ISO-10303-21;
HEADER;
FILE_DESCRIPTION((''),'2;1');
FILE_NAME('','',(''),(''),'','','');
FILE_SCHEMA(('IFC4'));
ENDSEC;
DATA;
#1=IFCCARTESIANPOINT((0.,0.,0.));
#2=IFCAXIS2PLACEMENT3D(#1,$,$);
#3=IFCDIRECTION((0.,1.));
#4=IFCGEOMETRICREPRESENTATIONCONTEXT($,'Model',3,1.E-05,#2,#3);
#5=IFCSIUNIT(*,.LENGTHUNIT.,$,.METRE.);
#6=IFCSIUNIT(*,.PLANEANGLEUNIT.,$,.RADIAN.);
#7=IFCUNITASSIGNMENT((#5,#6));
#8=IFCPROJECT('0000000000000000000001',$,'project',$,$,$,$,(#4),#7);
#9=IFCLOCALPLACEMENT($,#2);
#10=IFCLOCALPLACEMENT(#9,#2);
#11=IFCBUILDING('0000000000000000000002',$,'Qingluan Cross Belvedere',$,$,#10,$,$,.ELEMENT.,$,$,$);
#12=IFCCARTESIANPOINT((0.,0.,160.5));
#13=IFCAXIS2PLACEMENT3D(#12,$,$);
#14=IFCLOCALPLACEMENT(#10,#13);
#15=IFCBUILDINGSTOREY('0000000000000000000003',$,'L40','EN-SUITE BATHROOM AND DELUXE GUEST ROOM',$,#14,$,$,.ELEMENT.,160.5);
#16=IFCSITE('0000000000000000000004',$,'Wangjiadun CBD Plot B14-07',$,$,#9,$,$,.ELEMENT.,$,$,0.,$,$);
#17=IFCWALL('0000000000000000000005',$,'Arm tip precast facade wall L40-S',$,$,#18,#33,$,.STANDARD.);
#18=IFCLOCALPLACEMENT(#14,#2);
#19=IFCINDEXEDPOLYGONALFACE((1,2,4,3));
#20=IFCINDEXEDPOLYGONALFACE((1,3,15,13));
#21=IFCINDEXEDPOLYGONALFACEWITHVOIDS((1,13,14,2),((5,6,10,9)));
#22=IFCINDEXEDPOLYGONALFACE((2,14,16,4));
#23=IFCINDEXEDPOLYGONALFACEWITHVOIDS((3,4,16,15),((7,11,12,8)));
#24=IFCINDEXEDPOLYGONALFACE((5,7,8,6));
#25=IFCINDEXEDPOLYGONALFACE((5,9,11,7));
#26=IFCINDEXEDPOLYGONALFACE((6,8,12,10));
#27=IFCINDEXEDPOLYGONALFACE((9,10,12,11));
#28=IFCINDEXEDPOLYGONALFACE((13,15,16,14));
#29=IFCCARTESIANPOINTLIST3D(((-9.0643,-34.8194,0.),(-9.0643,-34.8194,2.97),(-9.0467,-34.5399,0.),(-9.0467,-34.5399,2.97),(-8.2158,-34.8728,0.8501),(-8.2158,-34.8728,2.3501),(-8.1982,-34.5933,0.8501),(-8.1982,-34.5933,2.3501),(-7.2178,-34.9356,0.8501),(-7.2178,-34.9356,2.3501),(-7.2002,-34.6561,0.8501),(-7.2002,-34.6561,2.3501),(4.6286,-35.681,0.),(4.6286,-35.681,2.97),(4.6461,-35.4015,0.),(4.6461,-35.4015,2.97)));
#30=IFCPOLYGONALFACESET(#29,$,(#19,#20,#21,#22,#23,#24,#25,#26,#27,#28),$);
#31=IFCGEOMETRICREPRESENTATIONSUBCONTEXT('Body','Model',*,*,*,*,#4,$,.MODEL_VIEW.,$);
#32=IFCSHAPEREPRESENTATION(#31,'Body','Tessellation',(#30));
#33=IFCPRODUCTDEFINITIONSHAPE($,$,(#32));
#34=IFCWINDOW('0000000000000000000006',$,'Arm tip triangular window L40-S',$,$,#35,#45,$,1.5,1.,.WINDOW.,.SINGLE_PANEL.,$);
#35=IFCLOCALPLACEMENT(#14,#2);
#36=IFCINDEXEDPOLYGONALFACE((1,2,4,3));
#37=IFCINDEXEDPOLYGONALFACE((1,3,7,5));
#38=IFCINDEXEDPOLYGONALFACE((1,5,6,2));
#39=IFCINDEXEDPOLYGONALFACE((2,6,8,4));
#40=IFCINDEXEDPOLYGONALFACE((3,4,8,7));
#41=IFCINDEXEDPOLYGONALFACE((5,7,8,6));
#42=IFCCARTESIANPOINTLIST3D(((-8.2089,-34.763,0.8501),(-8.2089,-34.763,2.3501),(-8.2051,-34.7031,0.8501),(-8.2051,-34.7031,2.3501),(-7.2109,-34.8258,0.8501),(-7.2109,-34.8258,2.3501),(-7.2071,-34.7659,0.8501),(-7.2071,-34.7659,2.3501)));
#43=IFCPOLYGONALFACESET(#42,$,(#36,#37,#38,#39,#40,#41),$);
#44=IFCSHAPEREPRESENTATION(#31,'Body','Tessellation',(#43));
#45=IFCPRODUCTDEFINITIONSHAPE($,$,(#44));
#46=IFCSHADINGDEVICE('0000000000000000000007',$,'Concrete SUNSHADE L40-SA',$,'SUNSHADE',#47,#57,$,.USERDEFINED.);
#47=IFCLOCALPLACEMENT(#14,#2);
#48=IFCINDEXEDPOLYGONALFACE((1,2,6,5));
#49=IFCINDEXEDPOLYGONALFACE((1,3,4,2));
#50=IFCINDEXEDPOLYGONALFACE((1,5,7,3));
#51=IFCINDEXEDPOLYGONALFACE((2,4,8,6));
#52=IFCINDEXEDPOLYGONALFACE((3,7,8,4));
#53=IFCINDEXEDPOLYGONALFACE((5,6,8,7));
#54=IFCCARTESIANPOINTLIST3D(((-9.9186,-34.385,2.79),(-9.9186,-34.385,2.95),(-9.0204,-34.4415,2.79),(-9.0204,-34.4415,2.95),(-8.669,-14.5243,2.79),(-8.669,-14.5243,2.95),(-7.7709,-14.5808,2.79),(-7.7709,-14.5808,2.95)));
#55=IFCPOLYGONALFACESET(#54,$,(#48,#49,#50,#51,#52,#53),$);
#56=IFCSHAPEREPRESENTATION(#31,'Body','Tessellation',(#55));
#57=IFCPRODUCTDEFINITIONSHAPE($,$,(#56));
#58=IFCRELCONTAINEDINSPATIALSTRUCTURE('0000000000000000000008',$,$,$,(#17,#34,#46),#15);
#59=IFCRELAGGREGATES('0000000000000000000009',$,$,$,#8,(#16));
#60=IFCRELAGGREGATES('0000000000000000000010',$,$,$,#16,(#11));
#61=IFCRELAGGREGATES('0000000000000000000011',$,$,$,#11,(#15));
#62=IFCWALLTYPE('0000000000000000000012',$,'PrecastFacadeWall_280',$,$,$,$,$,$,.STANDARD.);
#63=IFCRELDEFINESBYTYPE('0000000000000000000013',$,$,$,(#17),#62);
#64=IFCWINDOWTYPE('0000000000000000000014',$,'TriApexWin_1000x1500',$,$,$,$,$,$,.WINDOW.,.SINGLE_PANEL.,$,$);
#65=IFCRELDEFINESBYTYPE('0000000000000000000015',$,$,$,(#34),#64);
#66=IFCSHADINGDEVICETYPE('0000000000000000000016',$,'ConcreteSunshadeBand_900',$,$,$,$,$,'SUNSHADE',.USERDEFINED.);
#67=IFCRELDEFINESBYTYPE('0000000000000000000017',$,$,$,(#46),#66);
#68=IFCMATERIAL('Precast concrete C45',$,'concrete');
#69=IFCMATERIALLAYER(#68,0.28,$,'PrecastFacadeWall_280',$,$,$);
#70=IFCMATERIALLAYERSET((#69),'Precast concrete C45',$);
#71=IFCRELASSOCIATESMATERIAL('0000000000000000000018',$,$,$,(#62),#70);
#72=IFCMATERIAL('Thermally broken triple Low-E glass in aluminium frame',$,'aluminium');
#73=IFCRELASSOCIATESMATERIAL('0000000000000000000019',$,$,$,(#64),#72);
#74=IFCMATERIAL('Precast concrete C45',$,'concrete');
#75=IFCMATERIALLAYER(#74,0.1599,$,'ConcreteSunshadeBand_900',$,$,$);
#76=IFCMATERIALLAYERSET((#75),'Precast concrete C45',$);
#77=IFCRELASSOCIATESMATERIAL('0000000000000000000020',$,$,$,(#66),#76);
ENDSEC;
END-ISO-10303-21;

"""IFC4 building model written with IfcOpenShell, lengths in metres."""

from ifc_helpers import new_model, si_unit, direction, frame, frame_2d, origin, origin_2d, place, context, subcontext, project, spatial, rectangle, extrude, material, layer, layer_set, type_object, element, fill, save


model = new_model("IFC4")

# Units and contexts
model_context = context("Model", 3, precision=1e-05, world=origin(), true_north=direction((0.0, 1.0)))
body_context = subcontext(model_context, "Body", "Model", "MODEL_VIEW")
ifc_project = project(units=[si_unit("LENGTHUNIT", "METRE"), si_unit("PLANEANGLEUNIT", "RADIAN")], contexts=[model_context])

# Site, building, storey
site_placement = place(None, origin())
site = spatial("IfcSite", under=ifc_project, at=site_placement, Name="Wangjiadun CBD Plot B14-07", CompositionType="ELEMENT", RefElevation=0.0)
building_placement = place(site_placement, origin())
building = spatial("IfcBuilding", under=site, at=building_placement, Name="Qingluan Cross Belvedere", CompositionType="ELEMENT")
storey_placement = place(building_placement, frame((0.0, 0.0, 160.5)))
storey = spatial("IfcBuildingStorey", under=building, at=storey_placement, Name="L40", Description="EN-SUITE BATHROOM AND DELUXE GUEST ROOM", CompositionType="ELEMENT", Elevation=160.5)

# Shared definitions
ifc_material_1 = material(Name="Precast concrete C45", Category="concrete")
ifc_layer_1 = layer(ifc_material_1, 0.28, Name="PrecastFacadeWall_280")
ifc_layer_set_1 = layer_set([ifc_layer_1], Name="Precast concrete C45")
wall_type_1 = type_object("IfcWallType", Name="PrecastFacadeWall_280", PredefinedType="STANDARD", material=ifc_layer_set_1)

# Wall, opening, window
wall_1_placement = place(storey_placement, frame((-9.0554, -34.6797, 0.0), z_axis=(0.0, 0.0, 1.0), x_axis=(0.998026, -0.062797, 0.0)))
wall_1 = element("IfcWall", 1, at=wall_1_placement, inside=storey, type_object=wall_type_1, Name="Arm tip precast facade wall L40-S", PredefinedType="STANDARD", context=body_context, shape_type="SweptSolid", body=[
    extrude(rectangle(XDim=13.72, YDim=0.28, at=frame_2d((6.8599, 0.0))), origin(), (0.0, 0.0, 1.0), 2.97),
])
opening_1_placement = place(wall_1_placement, frame((0.8501, 0.0, 0.8501)))
opening_1 = element("IfcOpeningElement", 2, at=opening_1_placement, cuts=wall_1, PredefinedType="OPENING", context=body_context, shape_type="SweptSolid", body=[
    extrude(rectangle(XDim=1.0, YDim=1.5, at=frame_2d((0.5, 0.75))), frame((0.0, 0.1499, 0.0), z_axis=(0.0, -1.0, 0.0), x_axis=(1.0, 0.0, 0.0)), (0.0, 0.0, 1.0), 0.3),
])
ifc_material_2 = material(Name="Thermally broken triple Low-E glass in aluminium frame", Category="aluminium")
window_type_1 = type_object("IfcWindowType", Name="TriApexWin_1000x1500", PartitioningType="SINGLE_PANEL", PredefinedType="WINDOW", material=ifc_material_2)
window_1_placement = place(opening_1_placement, origin())
window_1 = element("IfcWindow", 3, at=window_1_placement, inside=storey, type_object=window_type_1, Name="Arm tip triangular window L40-S", OverallHeight=1.5, OverallWidth=1.0, PartitioningType="SINGLE_PANEL", PredefinedType="WINDOW", context=body_context, shape_type="SweptSolid", body=[
    extrude(rectangle(XDim=1.0, YDim=1.5, at=frame_2d((0.5, 0.75))), frame((0.0, 0.03, 0.0), z_axis=(0.0, -1.0, 0.0), x_axis=(1.0, 0.0, 0.0)), (0.0, 0.0, 1.0), 0.0601),
])
fill(opening_1, window_1)

# Shading device
ifc_material_3 = material(Name="Precast concrete C45", Category="concrete")
ifc_layer_2 = layer(ifc_material_3, 0.1599, Name="ConcreteSunshadeBand_900")
ifc_layer_set_2 = layer_set([ifc_layer_2], Name="Precast concrete C45")
shading_device_type = type_object("IfcShadingDeviceType", Name="ConcreteSunshadeBand_900", ElementType="SUNSHADE", PredefinedType="USERDEFINED", material=ifc_layer_set_2)
shading_device_placement = place(storey_placement, frame((-8.8447, -24.4829, 2.79), z_axis=(0.0, 0.0, 1.0), x_axis=(-0.062791, -0.998027, 0.0)))
element("IfcShadingDevice", 4, at=shading_device_placement, inside=storey, type_object=shading_device_type, Name="Concrete SUNSHADE L40-SA", ObjectType="SUNSHADE", PredefinedType="USERDEFINED", context=body_context, shape_type="SweptSolid", body=[
    extrude(rectangle(XDim=19.8999, YDim=0.8999, at=origin_2d()), origin(), (0.0, 0.0, 1.0), 0.1599),
])

save(model, "model.ifc")
